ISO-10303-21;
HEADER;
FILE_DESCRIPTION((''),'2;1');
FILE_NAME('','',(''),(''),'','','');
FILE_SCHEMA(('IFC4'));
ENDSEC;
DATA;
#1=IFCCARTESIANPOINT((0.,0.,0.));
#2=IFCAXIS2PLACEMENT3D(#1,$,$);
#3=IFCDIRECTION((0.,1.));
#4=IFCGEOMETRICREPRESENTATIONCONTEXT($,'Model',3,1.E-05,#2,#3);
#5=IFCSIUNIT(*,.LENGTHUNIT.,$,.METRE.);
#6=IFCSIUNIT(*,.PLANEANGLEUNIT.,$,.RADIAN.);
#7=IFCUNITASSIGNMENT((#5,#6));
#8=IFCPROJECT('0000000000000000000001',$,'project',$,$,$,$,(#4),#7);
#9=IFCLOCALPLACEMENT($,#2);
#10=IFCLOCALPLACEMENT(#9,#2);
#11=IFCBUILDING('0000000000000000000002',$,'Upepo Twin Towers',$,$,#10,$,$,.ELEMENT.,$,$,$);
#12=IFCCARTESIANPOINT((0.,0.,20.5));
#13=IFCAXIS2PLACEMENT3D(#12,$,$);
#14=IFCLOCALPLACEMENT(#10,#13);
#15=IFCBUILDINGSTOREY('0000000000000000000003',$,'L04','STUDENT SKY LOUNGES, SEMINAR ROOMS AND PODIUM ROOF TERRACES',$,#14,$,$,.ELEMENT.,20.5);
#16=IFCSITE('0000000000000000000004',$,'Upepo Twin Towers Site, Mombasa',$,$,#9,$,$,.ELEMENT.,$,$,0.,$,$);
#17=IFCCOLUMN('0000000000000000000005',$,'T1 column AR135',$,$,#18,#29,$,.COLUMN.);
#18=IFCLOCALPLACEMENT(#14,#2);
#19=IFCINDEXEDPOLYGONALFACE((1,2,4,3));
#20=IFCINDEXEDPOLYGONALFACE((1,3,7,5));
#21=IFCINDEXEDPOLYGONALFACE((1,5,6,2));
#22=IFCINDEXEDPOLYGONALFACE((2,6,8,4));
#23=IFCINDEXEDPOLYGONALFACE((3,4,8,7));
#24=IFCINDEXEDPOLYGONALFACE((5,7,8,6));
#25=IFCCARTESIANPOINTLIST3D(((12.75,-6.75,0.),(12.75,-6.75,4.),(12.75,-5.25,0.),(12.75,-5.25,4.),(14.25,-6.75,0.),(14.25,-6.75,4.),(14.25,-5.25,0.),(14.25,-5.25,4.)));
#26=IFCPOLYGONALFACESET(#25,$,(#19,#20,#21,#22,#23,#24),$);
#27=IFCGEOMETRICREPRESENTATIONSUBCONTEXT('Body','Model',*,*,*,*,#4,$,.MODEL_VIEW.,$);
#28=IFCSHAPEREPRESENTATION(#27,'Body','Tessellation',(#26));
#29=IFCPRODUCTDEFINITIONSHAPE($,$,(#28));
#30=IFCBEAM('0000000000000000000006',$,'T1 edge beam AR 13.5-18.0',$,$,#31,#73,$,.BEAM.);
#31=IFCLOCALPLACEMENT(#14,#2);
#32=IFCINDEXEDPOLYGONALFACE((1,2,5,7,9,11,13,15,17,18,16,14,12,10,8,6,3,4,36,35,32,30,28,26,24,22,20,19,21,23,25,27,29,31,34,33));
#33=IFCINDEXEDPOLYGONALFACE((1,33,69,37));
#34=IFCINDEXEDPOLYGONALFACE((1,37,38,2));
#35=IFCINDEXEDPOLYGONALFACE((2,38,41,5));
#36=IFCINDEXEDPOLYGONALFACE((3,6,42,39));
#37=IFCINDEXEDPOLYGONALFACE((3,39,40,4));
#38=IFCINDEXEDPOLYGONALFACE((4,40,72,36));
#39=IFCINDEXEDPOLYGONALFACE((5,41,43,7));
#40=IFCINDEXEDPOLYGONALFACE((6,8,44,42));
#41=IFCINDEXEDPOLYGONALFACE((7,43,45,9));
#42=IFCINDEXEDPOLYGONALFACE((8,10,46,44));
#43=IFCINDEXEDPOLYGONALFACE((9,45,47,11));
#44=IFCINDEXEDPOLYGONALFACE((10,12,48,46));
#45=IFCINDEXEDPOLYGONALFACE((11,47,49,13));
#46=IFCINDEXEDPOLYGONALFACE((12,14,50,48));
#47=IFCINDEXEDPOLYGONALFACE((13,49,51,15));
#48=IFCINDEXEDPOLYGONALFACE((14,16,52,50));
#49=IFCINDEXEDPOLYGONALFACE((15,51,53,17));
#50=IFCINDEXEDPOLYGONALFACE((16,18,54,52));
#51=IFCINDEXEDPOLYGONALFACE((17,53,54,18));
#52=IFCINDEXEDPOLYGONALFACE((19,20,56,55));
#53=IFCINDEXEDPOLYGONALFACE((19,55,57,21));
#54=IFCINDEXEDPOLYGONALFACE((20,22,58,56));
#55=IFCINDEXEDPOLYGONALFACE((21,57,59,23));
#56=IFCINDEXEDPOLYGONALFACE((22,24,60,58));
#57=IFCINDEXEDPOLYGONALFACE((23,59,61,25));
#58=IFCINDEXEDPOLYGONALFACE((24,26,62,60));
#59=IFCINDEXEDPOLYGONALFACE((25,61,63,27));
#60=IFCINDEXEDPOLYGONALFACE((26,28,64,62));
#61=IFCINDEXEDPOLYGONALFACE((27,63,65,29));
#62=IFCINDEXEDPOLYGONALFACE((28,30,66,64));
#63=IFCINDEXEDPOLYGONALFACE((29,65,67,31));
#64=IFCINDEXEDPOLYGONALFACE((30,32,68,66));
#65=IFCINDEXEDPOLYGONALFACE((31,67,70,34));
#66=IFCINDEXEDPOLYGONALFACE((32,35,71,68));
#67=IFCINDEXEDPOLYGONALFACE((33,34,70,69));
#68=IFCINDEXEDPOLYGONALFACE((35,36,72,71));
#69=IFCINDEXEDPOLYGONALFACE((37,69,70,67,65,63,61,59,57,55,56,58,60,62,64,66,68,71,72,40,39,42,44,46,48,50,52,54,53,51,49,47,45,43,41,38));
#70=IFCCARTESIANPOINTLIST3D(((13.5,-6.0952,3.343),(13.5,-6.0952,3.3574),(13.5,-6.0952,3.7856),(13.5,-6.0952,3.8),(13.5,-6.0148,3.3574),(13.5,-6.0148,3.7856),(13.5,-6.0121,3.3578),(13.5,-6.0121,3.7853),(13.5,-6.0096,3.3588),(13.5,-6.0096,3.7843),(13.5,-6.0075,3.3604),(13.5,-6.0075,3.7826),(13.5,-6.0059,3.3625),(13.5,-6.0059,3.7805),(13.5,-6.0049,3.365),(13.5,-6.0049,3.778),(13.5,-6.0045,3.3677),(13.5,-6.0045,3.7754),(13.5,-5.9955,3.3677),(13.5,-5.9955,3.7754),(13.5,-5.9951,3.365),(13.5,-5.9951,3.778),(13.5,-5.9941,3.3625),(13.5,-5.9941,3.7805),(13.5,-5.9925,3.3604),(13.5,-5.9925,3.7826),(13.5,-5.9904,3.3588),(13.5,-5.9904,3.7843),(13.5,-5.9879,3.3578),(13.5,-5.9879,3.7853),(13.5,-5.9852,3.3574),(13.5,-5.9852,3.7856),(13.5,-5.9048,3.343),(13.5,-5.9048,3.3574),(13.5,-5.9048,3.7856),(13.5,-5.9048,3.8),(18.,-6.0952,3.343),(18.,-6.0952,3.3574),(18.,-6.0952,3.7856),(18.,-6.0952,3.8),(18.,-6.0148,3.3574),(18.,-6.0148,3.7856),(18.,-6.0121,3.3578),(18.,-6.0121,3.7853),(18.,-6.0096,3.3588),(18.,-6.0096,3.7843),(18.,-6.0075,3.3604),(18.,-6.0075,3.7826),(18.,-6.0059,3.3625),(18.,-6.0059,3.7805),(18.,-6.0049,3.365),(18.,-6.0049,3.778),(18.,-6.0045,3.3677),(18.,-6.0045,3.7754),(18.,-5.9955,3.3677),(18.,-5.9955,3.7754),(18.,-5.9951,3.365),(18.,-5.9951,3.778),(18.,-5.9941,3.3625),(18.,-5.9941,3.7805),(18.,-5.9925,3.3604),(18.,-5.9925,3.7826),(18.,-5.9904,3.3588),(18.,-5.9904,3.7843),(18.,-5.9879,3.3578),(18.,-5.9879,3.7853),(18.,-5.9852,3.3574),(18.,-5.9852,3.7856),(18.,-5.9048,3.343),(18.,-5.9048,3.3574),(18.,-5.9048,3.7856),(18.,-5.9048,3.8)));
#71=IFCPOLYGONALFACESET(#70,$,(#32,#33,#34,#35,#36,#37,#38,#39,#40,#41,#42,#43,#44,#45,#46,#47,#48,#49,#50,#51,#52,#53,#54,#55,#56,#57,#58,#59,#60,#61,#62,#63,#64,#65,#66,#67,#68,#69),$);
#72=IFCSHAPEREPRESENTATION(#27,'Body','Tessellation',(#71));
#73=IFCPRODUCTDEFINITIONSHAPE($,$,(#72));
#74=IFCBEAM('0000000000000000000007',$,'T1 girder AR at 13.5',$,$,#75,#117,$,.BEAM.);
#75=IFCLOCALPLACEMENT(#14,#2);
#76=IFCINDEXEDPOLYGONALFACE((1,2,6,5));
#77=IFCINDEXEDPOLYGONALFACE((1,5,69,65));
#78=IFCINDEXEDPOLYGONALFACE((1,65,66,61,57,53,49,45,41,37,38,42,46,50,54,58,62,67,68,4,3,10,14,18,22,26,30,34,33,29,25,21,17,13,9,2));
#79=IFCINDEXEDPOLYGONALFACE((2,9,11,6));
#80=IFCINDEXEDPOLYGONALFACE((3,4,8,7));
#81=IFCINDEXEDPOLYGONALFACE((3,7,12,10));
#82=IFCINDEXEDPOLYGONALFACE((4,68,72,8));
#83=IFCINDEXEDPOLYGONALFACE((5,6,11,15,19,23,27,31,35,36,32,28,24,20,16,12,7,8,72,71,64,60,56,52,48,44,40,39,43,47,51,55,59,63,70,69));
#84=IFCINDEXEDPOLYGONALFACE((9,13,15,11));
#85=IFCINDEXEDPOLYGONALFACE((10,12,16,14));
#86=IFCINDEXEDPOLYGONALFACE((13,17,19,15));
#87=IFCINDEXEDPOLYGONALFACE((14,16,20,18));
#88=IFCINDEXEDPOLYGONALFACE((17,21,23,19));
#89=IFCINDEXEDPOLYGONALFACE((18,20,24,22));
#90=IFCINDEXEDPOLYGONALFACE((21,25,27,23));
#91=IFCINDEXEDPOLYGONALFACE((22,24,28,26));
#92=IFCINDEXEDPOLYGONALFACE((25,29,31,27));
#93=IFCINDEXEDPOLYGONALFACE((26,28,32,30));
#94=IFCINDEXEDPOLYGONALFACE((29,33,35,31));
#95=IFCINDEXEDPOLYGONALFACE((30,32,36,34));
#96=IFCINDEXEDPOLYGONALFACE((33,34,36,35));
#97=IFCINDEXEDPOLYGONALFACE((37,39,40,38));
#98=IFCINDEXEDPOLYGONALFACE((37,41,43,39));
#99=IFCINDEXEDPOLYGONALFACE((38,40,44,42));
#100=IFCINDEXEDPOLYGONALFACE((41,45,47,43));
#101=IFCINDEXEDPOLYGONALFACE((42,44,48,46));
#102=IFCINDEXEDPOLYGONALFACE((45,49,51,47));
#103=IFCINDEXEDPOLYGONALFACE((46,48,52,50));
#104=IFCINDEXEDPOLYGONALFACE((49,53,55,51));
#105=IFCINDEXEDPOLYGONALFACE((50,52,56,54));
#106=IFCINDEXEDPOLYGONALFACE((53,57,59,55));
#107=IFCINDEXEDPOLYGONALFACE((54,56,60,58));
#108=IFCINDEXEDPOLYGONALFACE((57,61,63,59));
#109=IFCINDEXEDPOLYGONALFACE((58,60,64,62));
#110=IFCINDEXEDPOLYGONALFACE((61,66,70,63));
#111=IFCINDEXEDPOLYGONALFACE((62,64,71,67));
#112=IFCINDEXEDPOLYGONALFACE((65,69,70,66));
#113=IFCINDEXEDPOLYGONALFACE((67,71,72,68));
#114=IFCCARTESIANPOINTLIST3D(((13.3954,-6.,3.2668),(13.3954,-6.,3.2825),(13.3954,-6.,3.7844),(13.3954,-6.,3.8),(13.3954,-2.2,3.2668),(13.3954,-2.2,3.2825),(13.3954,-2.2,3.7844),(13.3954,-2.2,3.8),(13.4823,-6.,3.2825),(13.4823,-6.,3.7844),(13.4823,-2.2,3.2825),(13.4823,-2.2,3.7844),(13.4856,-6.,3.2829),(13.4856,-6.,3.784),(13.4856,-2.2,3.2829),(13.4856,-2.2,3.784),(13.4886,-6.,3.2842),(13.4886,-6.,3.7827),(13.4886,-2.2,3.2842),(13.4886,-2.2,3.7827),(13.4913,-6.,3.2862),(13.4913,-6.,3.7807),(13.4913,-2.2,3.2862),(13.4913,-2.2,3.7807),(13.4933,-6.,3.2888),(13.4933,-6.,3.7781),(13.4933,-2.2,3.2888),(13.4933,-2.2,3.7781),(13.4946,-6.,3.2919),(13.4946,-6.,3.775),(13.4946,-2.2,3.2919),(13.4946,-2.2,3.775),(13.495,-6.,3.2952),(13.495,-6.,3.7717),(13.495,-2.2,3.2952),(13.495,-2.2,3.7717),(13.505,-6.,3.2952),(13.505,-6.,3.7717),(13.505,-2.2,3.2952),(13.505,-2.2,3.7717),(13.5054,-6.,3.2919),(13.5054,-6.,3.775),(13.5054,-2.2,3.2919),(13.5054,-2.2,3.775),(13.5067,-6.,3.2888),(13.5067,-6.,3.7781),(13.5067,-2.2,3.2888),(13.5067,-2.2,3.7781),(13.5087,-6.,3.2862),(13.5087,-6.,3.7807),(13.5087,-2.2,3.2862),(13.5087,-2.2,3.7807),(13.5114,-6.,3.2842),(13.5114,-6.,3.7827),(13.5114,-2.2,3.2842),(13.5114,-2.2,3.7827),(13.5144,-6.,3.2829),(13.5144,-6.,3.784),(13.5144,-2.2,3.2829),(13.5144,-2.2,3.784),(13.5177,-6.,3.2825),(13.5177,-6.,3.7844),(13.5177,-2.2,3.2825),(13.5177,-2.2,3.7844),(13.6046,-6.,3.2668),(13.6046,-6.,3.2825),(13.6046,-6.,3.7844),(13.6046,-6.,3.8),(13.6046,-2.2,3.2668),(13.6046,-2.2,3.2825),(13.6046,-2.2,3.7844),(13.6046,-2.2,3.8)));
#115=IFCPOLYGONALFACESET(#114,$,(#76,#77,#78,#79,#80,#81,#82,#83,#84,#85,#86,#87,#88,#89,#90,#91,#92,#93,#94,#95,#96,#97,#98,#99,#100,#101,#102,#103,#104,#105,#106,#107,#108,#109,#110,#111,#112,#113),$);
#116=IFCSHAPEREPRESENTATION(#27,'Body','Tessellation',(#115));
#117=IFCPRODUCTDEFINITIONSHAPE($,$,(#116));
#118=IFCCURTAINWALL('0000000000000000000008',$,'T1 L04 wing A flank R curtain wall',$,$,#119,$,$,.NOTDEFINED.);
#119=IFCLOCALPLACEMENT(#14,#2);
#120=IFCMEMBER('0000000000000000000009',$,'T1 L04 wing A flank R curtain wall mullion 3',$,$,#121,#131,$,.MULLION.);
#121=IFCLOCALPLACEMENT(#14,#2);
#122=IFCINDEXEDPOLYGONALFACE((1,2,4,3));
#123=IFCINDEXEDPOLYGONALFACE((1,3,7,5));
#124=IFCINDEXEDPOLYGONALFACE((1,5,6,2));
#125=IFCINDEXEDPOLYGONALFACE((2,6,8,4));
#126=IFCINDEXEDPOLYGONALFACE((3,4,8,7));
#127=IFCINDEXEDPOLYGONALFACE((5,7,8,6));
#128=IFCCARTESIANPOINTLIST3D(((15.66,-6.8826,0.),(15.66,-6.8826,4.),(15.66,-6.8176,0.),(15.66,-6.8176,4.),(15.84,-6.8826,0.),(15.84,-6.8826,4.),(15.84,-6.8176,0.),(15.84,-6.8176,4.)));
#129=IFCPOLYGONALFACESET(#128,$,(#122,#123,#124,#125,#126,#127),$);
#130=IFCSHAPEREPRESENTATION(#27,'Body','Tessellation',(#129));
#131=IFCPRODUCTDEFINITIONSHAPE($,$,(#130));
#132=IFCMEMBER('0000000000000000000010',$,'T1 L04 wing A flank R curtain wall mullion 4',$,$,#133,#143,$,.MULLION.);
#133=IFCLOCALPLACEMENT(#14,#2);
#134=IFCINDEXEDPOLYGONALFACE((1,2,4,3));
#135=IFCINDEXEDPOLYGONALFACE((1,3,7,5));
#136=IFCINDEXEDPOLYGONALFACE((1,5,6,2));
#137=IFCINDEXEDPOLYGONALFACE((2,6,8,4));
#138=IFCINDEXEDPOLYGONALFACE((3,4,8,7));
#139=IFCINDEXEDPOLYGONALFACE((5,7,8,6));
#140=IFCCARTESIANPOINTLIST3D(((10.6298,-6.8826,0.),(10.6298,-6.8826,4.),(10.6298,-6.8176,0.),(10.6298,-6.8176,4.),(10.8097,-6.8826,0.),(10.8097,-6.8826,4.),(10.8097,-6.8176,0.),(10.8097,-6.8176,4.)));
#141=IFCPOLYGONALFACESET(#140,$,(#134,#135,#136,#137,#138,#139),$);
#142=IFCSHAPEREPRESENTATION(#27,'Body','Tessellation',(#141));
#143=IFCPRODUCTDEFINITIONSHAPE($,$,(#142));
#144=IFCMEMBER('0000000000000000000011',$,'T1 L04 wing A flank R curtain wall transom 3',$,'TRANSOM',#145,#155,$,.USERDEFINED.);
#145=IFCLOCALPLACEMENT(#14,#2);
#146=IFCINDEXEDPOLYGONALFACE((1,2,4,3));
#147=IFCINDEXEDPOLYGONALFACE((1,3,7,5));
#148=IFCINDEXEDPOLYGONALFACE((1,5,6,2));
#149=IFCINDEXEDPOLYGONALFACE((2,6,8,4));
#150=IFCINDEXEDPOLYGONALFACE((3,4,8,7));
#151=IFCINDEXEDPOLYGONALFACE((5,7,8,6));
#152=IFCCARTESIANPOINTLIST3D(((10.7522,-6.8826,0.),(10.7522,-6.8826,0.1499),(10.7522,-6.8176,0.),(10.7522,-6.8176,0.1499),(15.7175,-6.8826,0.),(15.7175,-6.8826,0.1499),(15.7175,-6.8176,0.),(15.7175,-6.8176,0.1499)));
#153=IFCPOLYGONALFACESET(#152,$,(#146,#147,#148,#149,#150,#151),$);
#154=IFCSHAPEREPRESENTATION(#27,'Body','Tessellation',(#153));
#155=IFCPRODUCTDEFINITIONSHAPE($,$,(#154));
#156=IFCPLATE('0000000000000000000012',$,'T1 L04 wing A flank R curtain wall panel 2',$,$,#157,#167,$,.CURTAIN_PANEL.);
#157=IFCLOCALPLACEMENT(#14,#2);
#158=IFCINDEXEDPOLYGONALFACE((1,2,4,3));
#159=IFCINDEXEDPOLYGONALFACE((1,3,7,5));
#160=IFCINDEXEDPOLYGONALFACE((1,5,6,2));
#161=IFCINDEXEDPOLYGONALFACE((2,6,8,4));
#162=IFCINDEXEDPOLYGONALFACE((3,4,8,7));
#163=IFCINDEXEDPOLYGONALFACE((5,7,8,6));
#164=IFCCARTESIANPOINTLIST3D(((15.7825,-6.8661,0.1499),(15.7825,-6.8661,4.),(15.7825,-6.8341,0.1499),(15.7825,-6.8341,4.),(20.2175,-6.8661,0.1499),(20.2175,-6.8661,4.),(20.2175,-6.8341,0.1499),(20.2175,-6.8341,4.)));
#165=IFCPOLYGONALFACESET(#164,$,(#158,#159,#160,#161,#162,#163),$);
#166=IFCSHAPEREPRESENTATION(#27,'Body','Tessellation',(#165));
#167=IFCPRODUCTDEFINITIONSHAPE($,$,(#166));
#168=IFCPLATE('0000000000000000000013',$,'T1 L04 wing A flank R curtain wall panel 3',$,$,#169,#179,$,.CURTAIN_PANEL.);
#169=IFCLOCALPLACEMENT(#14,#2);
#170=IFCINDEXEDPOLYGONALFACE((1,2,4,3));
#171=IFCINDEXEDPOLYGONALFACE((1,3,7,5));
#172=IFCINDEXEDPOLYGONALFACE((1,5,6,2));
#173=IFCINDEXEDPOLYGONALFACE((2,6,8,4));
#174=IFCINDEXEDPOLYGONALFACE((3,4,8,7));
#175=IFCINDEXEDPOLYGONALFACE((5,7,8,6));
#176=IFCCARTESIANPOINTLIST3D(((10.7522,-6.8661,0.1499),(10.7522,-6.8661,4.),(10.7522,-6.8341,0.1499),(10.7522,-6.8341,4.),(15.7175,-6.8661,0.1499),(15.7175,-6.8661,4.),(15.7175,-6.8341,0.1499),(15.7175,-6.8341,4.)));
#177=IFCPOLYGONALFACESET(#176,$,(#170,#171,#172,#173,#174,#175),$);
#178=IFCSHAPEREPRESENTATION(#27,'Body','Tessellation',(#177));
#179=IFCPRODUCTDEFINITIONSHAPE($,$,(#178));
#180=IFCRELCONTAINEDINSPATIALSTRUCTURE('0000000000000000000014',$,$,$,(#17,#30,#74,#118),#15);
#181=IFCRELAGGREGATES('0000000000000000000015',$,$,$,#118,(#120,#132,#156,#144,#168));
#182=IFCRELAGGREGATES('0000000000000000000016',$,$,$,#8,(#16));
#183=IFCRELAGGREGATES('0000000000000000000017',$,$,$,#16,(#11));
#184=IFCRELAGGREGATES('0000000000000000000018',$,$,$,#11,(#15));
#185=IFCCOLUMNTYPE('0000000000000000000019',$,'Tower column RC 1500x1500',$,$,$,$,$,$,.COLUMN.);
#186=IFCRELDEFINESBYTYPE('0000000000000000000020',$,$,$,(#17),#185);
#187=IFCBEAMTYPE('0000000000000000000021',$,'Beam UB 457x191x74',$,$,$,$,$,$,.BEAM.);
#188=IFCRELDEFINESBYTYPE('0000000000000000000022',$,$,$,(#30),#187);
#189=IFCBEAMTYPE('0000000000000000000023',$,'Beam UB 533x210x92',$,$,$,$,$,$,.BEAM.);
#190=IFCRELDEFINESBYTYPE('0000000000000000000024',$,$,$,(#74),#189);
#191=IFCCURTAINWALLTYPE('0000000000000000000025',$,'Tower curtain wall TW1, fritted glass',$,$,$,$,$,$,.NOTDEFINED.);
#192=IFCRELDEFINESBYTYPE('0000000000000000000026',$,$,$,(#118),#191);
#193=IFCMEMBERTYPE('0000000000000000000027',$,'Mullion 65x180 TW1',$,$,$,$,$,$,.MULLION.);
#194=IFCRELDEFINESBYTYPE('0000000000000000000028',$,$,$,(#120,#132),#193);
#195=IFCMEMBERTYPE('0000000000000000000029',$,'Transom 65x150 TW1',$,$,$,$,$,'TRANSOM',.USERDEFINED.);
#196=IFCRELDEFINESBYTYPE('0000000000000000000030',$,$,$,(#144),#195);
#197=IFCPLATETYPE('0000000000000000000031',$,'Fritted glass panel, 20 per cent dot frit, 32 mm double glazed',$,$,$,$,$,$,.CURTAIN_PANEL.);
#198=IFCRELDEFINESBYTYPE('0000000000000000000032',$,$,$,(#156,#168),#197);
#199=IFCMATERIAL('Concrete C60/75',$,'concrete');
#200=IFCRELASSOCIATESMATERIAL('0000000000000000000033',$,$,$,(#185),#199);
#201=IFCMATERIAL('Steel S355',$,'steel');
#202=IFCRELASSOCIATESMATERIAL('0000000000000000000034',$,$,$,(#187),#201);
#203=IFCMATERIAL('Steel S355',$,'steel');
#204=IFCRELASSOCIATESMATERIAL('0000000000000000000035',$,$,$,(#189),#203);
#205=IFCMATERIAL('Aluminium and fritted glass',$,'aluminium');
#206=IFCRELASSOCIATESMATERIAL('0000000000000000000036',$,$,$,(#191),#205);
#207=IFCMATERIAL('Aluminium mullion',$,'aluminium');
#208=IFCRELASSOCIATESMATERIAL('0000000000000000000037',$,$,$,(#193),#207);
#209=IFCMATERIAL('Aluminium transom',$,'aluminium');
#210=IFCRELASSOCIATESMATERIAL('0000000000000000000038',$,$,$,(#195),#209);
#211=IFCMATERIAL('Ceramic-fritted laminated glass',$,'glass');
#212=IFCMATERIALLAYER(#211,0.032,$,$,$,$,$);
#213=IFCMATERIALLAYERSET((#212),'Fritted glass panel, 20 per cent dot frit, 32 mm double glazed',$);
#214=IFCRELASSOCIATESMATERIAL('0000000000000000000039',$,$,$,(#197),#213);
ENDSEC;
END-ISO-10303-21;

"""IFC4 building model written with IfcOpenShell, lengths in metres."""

from ifc_helpers import new_model, si_unit, direction, frame, origin, origin_2d, place, context, subcontext, project, spatial, rectangle, i_section, extrude, material, layer, layer_set, material_profile, profile_set, type_object, element, aggregate, save


model = new_model("IFC4")

# Units and contexts
model_context = context("Model", 3, precision=1e-05, world=origin(), true_north=direction((0.0, 1.0)))
body_context = subcontext(model_context, "Body", "Model", "MODEL_VIEW")
ifc_project = project(units=[si_unit("LENGTHUNIT", "METRE"), si_unit("PLANEANGLEUNIT", "RADIAN")], contexts=[model_context])

# Site, building, storey
site_placement = place(None, origin())
site = spatial("IfcSite", under=ifc_project, at=site_placement, Name="Upepo Twin Towers Site, Mombasa", CompositionType="ELEMENT", RefElevation=0.0)
building_placement = place(site_placement, origin())
building = spatial("IfcBuilding", under=site, at=building_placement, Name="Upepo Twin Towers", CompositionType="ELEMENT")
storey_placement = place(building_placement, frame((0.0, 0.0, 20.5)))
storey = spatial("IfcBuildingStorey", under=building, at=storey_placement, Name="L04", Description="STUDENT SKY LOUNGES, SEMINAR ROOMS AND PODIUM ROOF TERRACES", CompositionType="ELEMENT", Elevation=20.5)

# Column
ifc_material_1 = material(Name="Concrete C60/75", Category="concrete")
ifc_material_profile_1 = material_profile(ifc_material_1, rectangle(XDim=1.5, YDim=1.5, at=origin_2d()), Name="RC 1500x1500")
ifc_profile_set_1 = profile_set([ifc_material_profile_1], Name="Concrete C60/75")
column_type = type_object("IfcColumnType", Name="Tower column RC 1500x1500", PredefinedType="COLUMN", material=ifc_profile_set_1)
column_placement = place(storey_placement, frame((13.5, -6.0, 0.0), z_axis=(0.0, 0.0, 1.0), x_axis=(1.0, 0.0, 0.0)))
element("IfcColumn", 1, at=column_placement, inside=storey, type_object=column_type, Name="T1 column AR135", PredefinedType="COLUMN", context=body_context, shape_type="SweptSolid", body=[
    extrude(rectangle(XDim=1.5, YDim=1.5, at=origin_2d()), origin(), (0.0, 0.0, 1.0), 4.0),
])

# Beams
ifc_material_2 = material(Name="Steel S355", Category="steel")
ifc_material_profile_2 = material_profile(ifc_material_2, i_section(OverallWidth=0.1904, OverallDepth=0.457, WebThickness=0.009, FlangeThickness=0.0144, FilletRadius=0.0103, at=origin_2d()), Name="UB 457x191x74")
ifc_profile_set_2 = profile_set([ifc_material_profile_2], Name="Steel S355")
beam_type_1 = type_object("IfcBeamType", Name="Beam UB 457x191x74", PredefinedType="BEAM", material=ifc_profile_set_2)
beam_1_placement = place(storey_placement, frame((13.5, -6.0, 3.5715), z_axis=(1.0, 0.0, 0.0), x_axis=(0.0, 1.0, 0.0)))
element("IfcBeam", 2, at=beam_1_placement, inside=storey, type_object=beam_type_1, Name="T1 edge beam AR 13.5-18.0", PredefinedType="BEAM", context=body_context, shape_type="SweptSolid", body=[
    extrude(i_section(OverallWidth=0.1904, OverallDepth=0.457, WebThickness=0.009, FlangeThickness=0.0144, FilletRadius=0.0103, at=origin_2d()), origin(), (0.0, 0.0, 1.0), 4.5),
])
ifc_material_3 = material(Name="Steel S355", Category="steel")
ifc_material_profile_3 = material_profile(ifc_material_3, i_section(OverallWidth=0.2092, OverallDepth=0.5332, WebThickness=0.01, FlangeThickness=0.0156, FilletRadius=0.0127, at=origin_2d()), Name="UB 533x210x92")
ifc_profile_set_3 = profile_set([ifc_material_profile_3], Name="Steel S355")
beam_type_2 = type_object("IfcBeamType", Name="Beam UB 533x210x92", PredefinedType="BEAM", material=ifc_profile_set_3)
beam_2_placement = place(storey_placement, frame((13.5, -6.0, 3.5334), z_axis=(0.0, 1.0, 0.0), x_axis=(-1.0, 0.0, 0.0)))
element("IfcBeam", 3, at=beam_2_placement, inside=storey, type_object=beam_type_2, Name="T1 girder AR at 13.5", PredefinedType="BEAM", context=body_context, shape_type="SweptSolid", body=[
    extrude(i_section(OverallWidth=0.2092, OverallDepth=0.5332, WebThickness=0.01, FlangeThickness=0.0156, FilletRadius=0.0127, at=origin_2d()), origin(), (0.0, 0.0, 1.0), 3.8),
])

# Curtain wall, members, plates
ifc_material_4 = material(Name="Aluminium and fritted glass", Category="aluminium")
curtain_wall_type = type_object("IfcCurtainWallType", Name="Tower curtain wall TW1, fritted glass", PredefinedType="NOTDEFINED", material=ifc_material_4)
curtain_wall_placement = place(storey_placement, origin())
curtain_wall = element("IfcCurtainWall", 4, at=curtain_wall_placement, inside=storey, type_object=curtain_wall_type, Name="T1 L04 wing A flank R curtain wall", PredefinedType="NOTDEFINED")
ifc_material_5 = material(Name="Aluminium mullion", Category="aluminium")
ifc_material_profile_4 = material_profile(ifc_material_5, rectangle(XDim=0.0649, YDim=0.1799, at=origin_2d()), Name="MULLION 65x180")
ifc_profile_set_4 = profile_set([ifc_material_profile_4], Name="Aluminium mullion")
member_type_1 = type_object("IfcMemberType", Name="Mullion 65x180 TW1", PredefinedType="MULLION", material=ifc_profile_set_4)
member_1_placement = place(storey_placement, frame((15.75, -6.8501, 0.0), z_axis=(0.0, 0.0, 1.0), x_axis=(0.0, -1.0, 0.0)))
member_1 = element("IfcMember", 5, at=member_1_placement, type_object=member_type_1, Name="T1 L04 wing A flank R curtain wall mullion 3", PredefinedType="MULLION", context=body_context, shape_type="SweptSolid", body=[
    extrude(rectangle(XDim=0.0649, YDim=0.1799, at=origin_2d()), origin(), (0.0, 0.0, 1.0), 4.0),
])
member_2_placement = place(storey_placement, frame((10.7197, -6.8501, 0.0), z_axis=(0.0, 0.0, 1.0), x_axis=(0.0, -1.0, 0.0)))
member_2 = element("IfcMember", 6, at=member_2_placement, type_object=member_type_1, Name="T1 L04 wing A flank R curtain wall mullion 4", PredefinedType="MULLION", context=body_context, shape_type="SweptSolid", body=[
    extrude(rectangle(XDim=0.0649, YDim=0.1799, at=origin_2d()), origin(), (0.0, 0.0, 1.0), 4.0),
])
ifc_material_6 = material(Name="Aluminium transom", Category="aluminium")
ifc_material_profile_5 = material_profile(ifc_material_6, rectangle(XDim=0.0649, YDim=0.1499, at=origin_2d()), Name="TRANSOM 65x150")
ifc_profile_set_5 = profile_set([ifc_material_profile_5], Name="Aluminium transom")
member_type_2 = type_object("IfcMemberType", Name="Transom 65x150 TW1", ElementType="TRANSOM", PredefinedType="USERDEFINED", material=ifc_profile_set_5)
member_3_placement = place(storey_placement, frame((15.7175, -6.8501, 0.075), z_axis=(-1.0, 0.0, 0.0), x_axis=(0.0, -1.0, 0.0)))
member_3 = element("IfcMember", 7, at=member_3_placement, type_object=member_type_2, Name="T1 L04 wing A flank R curtain wall transom 3", ObjectType="TRANSOM", PredefinedType="USERDEFINED", context=body_context, shape_type="SweptSolid", body=[
    extrude(rectangle(XDim=0.0649, YDim=0.1499, at=origin_2d()), origin(), (0.0, 0.0, 1.0), 4.9653),
])
ifc_material_7 = material(Name="Ceramic-fritted laminated glass", Category="glass")
ifc_layer_1 = layer(ifc_material_7, 0.032)
ifc_layer_set_1 = layer_set([ifc_layer_1], Name="Fritted glass panel, 20 per cent dot frit, 32 mm double glazed")
plate_type = type_object("IfcPlateType", Name="Fritted glass panel, 20 per cent dot frit, 32 mm double glazed", PredefinedType="CURTAIN_PANEL", material=ifc_layer_set_1)
plate_1_placement = place(storey_placement, frame((18.0, -6.8501, 0.1499), z_axis=(0.0, 0.0, 1.0), x_axis=(-1.0, 0.0, 0.0)))
plate_1 = element("IfcPlate", 8, at=plate_1_placement, type_object=plate_type, Name="T1 L04 wing A flank R curtain wall panel 2", PredefinedType="CURTAIN_PANEL", context=body_context, shape_type="SweptSolid", body=[
    extrude(rectangle(XDim=4.4351, YDim=0.032, at=origin_2d()), origin(), (0.0, 0.0, 1.0), 3.8501),
])
plate_2_placement = place(storey_placement, frame((13.2349, -6.8501, 0.1499), z_axis=(0.0, 0.0, 1.0), x_axis=(-1.0, 0.0, 0.0)))
plate_2 = element("IfcPlate", 9, at=plate_2_placement, type_object=plate_type, Name="T1 L04 wing A flank R curtain wall panel 3", PredefinedType="CURTAIN_PANEL", context=body_context, shape_type="SweptSolid", body=[
    extrude(rectangle(XDim=4.9653, YDim=0.032, at=origin_2d()), origin(), (0.0, 0.0, 1.0), 3.8501),
])
aggregate(curtain_wall, [member_1, member_2, plate_1, member_3, plate_2])

save(model, "model.ifc")
